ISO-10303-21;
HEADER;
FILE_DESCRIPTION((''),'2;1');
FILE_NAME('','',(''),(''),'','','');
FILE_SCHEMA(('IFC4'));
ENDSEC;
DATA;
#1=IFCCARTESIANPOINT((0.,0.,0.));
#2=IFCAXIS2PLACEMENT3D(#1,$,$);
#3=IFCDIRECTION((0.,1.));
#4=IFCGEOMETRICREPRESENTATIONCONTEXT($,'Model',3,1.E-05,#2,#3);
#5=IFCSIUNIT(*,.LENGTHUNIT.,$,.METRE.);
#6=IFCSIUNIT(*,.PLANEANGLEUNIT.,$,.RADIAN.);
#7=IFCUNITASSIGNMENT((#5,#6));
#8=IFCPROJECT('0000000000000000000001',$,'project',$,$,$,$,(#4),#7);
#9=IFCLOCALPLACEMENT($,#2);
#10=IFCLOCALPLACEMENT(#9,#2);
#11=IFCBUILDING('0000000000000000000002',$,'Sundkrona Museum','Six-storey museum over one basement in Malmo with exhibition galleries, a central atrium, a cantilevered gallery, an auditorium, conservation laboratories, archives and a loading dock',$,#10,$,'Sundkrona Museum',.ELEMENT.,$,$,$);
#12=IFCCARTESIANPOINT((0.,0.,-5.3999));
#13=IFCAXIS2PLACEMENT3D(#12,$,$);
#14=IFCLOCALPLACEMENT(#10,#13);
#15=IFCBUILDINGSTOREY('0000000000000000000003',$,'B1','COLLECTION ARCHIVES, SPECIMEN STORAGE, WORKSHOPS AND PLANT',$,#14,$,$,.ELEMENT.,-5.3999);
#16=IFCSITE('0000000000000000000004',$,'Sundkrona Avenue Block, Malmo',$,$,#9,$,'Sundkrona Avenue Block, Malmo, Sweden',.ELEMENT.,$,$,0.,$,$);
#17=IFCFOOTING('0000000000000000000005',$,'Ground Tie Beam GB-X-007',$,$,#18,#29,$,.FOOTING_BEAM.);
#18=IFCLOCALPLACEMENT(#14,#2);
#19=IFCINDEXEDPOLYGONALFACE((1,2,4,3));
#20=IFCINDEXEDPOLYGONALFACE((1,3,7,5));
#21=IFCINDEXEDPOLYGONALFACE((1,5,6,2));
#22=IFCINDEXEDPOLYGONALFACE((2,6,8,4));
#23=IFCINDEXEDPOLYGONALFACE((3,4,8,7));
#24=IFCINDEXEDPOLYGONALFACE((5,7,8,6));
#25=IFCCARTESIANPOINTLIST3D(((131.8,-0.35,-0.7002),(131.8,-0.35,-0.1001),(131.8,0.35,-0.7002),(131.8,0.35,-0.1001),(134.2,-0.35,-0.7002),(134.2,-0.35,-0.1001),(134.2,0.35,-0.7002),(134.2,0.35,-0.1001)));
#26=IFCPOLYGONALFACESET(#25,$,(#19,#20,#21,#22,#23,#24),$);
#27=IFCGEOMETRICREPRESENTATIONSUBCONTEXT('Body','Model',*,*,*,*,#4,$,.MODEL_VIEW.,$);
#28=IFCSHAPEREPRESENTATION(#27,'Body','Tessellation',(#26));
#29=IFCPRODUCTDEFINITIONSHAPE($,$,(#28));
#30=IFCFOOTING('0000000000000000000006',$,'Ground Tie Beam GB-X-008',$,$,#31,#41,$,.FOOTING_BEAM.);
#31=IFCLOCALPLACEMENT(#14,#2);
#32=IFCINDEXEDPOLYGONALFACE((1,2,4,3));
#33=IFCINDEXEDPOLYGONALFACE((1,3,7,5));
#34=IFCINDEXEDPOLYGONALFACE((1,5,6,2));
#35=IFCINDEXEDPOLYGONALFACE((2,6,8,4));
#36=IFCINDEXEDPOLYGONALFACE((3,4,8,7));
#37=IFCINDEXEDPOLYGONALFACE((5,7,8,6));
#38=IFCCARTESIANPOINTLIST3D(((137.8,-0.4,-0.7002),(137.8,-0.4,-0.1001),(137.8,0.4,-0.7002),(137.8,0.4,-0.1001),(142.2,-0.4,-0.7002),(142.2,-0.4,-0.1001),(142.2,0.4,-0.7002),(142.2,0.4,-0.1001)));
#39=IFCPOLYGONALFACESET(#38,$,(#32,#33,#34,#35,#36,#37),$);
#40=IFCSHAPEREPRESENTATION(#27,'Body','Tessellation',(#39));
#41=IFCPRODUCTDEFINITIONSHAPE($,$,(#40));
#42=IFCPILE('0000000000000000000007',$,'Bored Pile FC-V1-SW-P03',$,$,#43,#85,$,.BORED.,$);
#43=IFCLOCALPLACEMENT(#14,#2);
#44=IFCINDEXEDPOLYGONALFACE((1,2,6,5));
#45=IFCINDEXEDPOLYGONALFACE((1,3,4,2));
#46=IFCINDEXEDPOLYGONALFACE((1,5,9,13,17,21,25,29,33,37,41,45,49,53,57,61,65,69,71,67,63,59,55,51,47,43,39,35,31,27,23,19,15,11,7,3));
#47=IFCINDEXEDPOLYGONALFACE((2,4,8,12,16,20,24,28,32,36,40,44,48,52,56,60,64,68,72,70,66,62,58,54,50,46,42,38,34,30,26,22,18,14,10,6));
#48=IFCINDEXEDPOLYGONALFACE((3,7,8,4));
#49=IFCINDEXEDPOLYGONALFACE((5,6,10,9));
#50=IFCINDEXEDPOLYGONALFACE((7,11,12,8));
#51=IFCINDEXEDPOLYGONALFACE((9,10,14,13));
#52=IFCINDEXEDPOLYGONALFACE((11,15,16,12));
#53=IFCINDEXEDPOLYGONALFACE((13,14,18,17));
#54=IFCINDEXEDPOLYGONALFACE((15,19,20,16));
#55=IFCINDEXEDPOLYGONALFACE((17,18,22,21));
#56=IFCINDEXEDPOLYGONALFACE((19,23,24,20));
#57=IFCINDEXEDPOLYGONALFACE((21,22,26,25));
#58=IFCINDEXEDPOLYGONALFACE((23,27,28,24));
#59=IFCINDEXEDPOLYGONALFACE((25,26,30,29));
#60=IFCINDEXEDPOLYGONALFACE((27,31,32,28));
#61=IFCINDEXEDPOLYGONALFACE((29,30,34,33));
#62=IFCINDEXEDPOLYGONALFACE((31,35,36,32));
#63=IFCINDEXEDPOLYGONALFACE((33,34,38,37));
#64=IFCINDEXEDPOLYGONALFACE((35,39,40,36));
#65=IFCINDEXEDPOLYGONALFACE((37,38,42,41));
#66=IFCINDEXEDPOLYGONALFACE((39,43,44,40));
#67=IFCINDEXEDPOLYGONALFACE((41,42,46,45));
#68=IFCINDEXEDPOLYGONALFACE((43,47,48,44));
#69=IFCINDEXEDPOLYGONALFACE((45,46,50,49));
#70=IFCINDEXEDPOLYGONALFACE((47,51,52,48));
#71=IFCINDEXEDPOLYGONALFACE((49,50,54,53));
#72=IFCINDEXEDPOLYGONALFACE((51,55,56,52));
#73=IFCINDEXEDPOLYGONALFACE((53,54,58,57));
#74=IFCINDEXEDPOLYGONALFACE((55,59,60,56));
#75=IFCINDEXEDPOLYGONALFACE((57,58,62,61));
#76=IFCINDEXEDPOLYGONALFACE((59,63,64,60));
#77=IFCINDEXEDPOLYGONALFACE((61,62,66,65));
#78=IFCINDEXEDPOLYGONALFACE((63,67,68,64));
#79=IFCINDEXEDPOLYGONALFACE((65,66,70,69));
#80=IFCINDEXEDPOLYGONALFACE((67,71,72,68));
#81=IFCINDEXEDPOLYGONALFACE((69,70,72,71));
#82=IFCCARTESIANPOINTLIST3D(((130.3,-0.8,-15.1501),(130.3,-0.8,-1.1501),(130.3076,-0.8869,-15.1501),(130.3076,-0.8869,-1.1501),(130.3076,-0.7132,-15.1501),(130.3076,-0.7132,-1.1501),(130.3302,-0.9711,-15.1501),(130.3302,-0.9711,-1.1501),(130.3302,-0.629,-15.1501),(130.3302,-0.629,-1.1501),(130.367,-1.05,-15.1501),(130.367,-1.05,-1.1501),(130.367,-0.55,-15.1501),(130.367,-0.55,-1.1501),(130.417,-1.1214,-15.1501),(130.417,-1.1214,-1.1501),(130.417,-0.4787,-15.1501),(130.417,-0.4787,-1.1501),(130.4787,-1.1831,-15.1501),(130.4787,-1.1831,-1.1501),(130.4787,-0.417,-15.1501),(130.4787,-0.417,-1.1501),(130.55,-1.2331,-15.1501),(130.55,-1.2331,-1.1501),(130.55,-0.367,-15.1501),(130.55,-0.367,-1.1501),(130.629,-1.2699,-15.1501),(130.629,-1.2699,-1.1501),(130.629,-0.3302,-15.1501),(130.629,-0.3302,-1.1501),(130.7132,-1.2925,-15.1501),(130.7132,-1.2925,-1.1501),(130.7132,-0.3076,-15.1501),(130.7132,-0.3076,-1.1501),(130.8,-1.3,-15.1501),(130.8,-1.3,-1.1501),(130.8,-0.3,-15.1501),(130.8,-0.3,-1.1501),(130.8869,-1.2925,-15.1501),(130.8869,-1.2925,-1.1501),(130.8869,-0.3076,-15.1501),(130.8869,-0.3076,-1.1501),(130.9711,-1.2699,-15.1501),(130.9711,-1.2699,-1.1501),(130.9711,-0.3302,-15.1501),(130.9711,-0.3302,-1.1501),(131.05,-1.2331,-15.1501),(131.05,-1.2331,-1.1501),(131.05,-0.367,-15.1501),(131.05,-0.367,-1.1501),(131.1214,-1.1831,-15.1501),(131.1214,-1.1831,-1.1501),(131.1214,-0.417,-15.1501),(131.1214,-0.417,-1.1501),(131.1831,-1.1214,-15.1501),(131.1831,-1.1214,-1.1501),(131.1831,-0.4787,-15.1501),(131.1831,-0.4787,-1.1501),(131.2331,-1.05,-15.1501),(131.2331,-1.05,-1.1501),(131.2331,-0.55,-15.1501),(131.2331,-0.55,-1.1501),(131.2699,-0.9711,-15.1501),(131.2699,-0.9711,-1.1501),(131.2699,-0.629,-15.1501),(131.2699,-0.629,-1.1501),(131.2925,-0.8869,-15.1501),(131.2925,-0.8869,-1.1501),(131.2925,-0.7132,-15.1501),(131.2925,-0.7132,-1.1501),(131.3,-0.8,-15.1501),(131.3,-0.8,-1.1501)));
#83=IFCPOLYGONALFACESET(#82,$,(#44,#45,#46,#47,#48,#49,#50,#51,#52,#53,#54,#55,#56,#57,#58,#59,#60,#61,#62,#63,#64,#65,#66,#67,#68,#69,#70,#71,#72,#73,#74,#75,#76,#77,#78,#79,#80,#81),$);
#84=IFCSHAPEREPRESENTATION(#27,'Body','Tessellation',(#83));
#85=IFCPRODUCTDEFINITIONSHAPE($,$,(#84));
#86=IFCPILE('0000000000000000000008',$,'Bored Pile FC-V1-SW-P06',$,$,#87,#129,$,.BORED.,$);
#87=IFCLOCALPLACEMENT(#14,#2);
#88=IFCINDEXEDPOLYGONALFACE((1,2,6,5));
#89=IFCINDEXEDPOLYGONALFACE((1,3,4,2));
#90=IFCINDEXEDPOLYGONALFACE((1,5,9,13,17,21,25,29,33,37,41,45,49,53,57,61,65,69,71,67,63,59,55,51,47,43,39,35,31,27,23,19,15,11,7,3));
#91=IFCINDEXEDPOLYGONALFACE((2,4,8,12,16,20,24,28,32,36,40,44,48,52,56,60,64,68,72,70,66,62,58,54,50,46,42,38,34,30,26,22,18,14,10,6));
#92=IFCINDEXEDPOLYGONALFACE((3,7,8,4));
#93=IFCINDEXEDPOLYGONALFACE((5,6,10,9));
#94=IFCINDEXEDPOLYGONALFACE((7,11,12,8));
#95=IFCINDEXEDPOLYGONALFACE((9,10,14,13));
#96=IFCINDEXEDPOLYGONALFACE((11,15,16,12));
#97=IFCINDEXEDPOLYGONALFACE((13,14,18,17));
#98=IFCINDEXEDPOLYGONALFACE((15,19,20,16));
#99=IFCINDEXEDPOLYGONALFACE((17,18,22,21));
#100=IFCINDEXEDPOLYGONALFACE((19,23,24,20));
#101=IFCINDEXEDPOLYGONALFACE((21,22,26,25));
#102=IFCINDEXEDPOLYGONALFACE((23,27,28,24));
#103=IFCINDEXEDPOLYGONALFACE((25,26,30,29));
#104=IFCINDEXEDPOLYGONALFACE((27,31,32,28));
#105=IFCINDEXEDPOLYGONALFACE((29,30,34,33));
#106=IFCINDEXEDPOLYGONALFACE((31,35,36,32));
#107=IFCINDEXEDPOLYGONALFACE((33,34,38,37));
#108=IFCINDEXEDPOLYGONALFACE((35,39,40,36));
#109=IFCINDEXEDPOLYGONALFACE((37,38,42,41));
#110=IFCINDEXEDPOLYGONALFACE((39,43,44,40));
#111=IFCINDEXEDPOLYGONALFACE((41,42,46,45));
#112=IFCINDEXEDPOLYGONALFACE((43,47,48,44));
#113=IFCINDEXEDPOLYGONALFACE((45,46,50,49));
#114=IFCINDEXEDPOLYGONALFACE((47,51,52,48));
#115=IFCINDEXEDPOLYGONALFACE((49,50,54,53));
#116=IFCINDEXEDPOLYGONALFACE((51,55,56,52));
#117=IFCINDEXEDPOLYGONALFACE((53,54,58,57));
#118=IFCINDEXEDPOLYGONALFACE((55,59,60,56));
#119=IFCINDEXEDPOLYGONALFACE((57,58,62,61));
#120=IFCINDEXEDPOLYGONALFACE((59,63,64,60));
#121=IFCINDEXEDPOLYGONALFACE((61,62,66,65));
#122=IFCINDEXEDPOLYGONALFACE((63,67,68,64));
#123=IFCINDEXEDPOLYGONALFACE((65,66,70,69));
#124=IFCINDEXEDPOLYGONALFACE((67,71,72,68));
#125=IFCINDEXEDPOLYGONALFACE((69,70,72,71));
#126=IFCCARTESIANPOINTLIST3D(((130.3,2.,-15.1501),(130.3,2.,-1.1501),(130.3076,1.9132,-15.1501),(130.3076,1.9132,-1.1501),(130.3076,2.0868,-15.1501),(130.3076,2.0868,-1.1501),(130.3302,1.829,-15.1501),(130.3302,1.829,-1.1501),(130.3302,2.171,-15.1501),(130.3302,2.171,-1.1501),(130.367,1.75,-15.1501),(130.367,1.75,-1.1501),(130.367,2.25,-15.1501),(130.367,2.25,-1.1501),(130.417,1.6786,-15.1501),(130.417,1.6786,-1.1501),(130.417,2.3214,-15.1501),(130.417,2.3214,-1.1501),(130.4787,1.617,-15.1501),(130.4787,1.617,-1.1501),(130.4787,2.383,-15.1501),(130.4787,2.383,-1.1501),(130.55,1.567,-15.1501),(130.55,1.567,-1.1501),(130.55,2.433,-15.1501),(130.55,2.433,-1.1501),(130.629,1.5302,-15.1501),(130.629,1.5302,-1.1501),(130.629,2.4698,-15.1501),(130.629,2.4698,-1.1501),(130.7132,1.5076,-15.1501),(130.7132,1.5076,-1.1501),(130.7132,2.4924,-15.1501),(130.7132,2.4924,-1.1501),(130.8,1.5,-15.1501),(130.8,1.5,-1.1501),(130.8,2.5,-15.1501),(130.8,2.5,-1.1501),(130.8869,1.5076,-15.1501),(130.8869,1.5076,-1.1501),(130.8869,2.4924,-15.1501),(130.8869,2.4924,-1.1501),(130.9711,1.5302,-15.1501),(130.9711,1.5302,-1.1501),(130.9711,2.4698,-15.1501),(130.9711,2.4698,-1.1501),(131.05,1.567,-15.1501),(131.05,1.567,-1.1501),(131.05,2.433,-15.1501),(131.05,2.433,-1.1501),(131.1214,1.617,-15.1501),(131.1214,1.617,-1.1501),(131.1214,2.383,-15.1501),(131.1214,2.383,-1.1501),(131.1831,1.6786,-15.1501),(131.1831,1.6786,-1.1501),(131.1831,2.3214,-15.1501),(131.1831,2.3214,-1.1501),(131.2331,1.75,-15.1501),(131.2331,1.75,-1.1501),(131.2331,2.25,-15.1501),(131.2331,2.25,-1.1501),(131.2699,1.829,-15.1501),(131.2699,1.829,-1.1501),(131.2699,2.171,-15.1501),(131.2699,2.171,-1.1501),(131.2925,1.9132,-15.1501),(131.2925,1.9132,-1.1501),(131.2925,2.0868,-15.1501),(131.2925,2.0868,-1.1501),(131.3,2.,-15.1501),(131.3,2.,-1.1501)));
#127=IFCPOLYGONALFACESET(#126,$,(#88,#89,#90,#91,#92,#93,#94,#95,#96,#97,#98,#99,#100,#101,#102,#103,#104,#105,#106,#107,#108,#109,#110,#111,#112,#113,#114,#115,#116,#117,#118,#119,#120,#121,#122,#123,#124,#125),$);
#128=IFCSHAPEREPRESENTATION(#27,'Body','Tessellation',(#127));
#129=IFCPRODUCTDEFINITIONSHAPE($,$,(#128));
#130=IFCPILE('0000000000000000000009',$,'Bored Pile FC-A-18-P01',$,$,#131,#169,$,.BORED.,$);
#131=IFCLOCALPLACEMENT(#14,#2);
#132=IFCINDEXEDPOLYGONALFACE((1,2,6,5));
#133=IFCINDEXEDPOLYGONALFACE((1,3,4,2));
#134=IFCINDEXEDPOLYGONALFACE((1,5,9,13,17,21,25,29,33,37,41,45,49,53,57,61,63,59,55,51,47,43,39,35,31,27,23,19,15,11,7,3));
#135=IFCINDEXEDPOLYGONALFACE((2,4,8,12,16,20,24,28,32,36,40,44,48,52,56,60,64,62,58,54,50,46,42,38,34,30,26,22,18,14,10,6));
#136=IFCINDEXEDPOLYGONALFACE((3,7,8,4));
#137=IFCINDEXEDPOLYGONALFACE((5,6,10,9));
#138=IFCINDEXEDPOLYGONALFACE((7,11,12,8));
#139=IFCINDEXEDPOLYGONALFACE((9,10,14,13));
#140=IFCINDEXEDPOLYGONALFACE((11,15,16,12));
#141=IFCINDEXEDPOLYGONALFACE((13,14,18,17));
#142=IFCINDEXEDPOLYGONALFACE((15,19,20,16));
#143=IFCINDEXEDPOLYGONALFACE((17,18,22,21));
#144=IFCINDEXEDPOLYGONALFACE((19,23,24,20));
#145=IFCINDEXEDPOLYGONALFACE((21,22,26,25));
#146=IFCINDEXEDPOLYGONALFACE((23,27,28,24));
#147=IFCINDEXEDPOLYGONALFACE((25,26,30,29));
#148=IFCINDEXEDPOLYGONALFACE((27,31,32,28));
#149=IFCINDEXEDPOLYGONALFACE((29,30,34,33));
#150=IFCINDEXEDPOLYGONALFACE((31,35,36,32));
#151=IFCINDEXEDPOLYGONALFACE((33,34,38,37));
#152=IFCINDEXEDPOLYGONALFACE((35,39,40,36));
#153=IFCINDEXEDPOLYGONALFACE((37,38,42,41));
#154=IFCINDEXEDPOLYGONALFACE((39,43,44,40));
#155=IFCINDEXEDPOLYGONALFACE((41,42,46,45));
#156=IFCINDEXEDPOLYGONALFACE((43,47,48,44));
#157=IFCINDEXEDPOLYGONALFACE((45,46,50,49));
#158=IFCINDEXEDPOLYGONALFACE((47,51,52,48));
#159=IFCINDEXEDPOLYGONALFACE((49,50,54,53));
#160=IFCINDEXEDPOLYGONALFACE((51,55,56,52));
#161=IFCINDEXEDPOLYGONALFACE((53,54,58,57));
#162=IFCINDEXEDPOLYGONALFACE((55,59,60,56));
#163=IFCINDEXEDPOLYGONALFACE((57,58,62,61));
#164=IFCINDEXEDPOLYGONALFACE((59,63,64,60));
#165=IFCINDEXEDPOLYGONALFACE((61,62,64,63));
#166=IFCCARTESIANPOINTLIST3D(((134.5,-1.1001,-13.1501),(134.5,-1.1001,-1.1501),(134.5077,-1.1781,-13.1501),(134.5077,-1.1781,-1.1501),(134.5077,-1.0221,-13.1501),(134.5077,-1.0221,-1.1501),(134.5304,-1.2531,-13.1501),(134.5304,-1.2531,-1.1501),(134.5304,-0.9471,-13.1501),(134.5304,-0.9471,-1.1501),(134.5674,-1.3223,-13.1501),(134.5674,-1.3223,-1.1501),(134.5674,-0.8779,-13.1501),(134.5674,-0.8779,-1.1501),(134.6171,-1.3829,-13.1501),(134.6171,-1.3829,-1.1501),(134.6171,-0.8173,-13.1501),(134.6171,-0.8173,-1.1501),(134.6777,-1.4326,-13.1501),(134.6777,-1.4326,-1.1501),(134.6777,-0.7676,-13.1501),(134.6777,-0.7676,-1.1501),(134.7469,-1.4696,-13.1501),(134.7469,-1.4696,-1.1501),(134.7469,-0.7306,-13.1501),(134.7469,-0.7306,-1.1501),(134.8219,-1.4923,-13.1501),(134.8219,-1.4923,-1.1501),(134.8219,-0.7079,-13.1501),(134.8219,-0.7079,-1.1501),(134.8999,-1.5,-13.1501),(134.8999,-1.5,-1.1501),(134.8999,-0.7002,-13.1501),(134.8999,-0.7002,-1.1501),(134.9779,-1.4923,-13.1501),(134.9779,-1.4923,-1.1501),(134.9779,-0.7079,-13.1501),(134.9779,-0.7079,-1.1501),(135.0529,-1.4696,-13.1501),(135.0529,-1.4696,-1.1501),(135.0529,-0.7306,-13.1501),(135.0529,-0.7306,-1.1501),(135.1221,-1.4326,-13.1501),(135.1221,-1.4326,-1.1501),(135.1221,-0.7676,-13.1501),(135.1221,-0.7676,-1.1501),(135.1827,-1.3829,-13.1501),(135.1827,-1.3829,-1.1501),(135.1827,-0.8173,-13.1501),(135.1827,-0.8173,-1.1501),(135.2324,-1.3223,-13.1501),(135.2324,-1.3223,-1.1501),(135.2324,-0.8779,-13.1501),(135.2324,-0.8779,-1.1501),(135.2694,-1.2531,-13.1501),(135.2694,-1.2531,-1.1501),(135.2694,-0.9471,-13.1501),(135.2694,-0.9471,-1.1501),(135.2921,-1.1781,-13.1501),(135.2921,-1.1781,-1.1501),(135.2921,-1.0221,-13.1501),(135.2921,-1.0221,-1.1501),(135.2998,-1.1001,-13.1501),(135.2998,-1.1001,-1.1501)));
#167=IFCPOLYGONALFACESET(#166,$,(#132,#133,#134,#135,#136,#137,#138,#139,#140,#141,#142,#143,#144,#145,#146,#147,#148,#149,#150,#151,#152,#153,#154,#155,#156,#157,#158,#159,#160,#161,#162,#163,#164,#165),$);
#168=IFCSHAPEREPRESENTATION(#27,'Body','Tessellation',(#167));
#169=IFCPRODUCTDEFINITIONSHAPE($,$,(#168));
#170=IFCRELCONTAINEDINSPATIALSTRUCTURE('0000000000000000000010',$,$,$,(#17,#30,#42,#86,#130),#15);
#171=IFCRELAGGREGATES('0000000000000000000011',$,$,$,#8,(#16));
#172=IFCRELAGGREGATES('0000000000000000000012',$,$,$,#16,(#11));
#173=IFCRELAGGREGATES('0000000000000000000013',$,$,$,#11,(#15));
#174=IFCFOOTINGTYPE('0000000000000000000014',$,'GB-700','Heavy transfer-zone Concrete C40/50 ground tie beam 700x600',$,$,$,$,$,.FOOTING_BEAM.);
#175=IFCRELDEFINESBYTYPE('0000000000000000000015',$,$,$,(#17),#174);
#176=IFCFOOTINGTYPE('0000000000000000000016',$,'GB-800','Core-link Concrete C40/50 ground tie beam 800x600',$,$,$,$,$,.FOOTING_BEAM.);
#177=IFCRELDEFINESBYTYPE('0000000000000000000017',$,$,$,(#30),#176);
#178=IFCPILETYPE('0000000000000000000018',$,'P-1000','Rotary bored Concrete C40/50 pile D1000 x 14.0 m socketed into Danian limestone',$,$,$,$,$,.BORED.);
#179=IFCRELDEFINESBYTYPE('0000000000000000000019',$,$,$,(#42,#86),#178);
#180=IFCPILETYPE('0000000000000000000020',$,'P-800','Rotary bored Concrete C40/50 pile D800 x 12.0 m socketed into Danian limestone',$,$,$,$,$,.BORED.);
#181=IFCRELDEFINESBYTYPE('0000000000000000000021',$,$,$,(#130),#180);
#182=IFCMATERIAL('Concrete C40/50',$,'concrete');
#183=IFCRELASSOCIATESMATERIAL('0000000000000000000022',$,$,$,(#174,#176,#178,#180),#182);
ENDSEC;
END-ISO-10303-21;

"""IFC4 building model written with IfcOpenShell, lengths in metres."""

from ifc_helpers import new_model, si_unit, direction, frame, origin, origin_2d, place, context, subcontext, project, spatial, rectangle, circle, extrude, material, material_profile, profile_set, type_object, element, save


model = new_model("IFC4")

# Units and contexts
model_context = context("Model", 3, precision=1e-05, world=origin(), true_north=direction((0.0, 1.0)))
body_context = subcontext(model_context, "Body", "Model", "MODEL_VIEW")
ifc_project = project(units=[si_unit("LENGTHUNIT", "METRE"), si_unit("PLANEANGLEUNIT", "RADIAN")], contexts=[model_context])

# Site, building, storey
site_placement = place(None, origin())
site = spatial("IfcSite", under=ifc_project, at=site_placement, Name="Sundkrona Avenue Block, Malmo", LongName="Sundkrona Avenue Block, Malmo, Sweden", CompositionType="ELEMENT", RefElevation=0.0)
building_placement = place(site_placement, origin())
building = spatial("IfcBuilding", under=site, at=building_placement, Name="Sundkrona Museum", Description="Six-storey museum over one basement in Malmo with exhibition galleries, a central atrium, a cantilevered gallery, an auditorium, conservation laboratories, archives and a loading dock", LongName="Sundkrona Museum", CompositionType="ELEMENT")
storey_placement = place(building_placement, frame((0.0, 0.0, -5.3999)))
storey = spatial("IfcBuildingStorey", under=building, at=storey_placement, Name="B1", Description="COLLECTION ARCHIVES, SPECIMEN STORAGE, WORKSHOPS AND PLANT", CompositionType="ELEMENT", Elevation=-5.3999)

# Footings
ifc_material_1 = material(Name="Concrete C40/50", Category="concrete")
footing_type_1 = type_object("IfcFootingType", Name="GB-700", Description="Heavy transfer-zone Concrete C40/50 ground tie beam 700x600", PredefinedType="FOOTING_BEAM", material=ifc_material_1)
footing_1_placement = place(storey_placement, frame((133.0, 0.0, -0.7002), z_axis=(0.0, 0.0, 1.0), x_axis=(1.0, 0.0, 0.0)))
element("IfcFooting", 1, at=footing_1_placement, inside=storey, type_object=footing_type_1, Name="Ground Tie Beam GB-X-007", PredefinedType="FOOTING_BEAM", context=body_context, shape_type="SweptSolid", body=[
    extrude(rectangle(XDim=2.3999, YDim=0.7, at=origin_2d()), origin(), (0.0, 0.0, 1.0), 0.6001),
])
footing_type_2 = type_object("IfcFootingType", Name="GB-800", Description="Core-link Concrete C40/50 ground tie beam 800x600", PredefinedType="FOOTING_BEAM", material=ifc_material_1)
footing_2_placement = place(storey_placement, frame((140.0, 0.0, -0.7002), z_axis=(0.0, 0.0, 1.0), x_axis=(1.0, 0.0, 0.0)))
element("IfcFooting", 2, at=footing_2_placement, inside=storey, type_object=footing_type_2, Name="Ground Tie Beam GB-X-008", PredefinedType="FOOTING_BEAM", context=body_context, shape_type="SweptSolid", body=[
    extrude(rectangle(XDim=4.3999, YDim=0.8, at=origin_2d()), origin(), (0.0, 0.0, 1.0), 0.6001),
])

# Piles
ifc_material_profile_1 = material_profile(ifc_material_1, circle(Radius=0.5, at=origin_2d()), Name="PILE D1000")
ifc_profile_set_1 = profile_set([ifc_material_profile_1], Name="Concrete C40/50")
pile_type_1 = type_object("IfcPileType", Name="P-1000", Description="Rotary bored Concrete C40/50 pile D1000 x 14.0 m socketed into Danian limestone", PredefinedType="BORED", material=ifc_profile_set_1)
for number, where, z_axis, x_axis, name in (
    (3, (130.8, -0.8, -1.1501), (0.0, 0.0, -1.0), (1.0, 0.0, 0.0), "Bored Pile FC-V1-SW-P03"),
    (4, (130.8, 2.0, -1.1501), (0.0, 0.0, -1.0), (1.0, 0.0, 0.0), "Bored Pile FC-V1-SW-P06"),
):
    element("IfcPile", number, at=place(storey_placement, frame(where, z_axis=z_axis, x_axis=x_axis)), inside=storey, type_object=pile_type_1, Name=name, PredefinedType="BORED", context=body_context, shape_type="SweptSolid", body=[
        extrude(circle(Radius=0.5, at=origin_2d()), origin(), (0.0, 0.0, 1.0), 14.0),
    ])
ifc_material_profile_2 = material_profile(ifc_material_1, circle(Radius=0.3999, at=origin_2d()), Name="PILE D800")
ifc_profile_set_2 = profile_set([ifc_material_profile_2], Name="Concrete C40/50")
pile_type_2 = type_object("IfcPileType", Name="P-800", Description="Rotary bored Concrete C40/50 pile D800 x 12.0 m socketed into Danian limestone", PredefinedType="BORED", material=ifc_profile_set_2)
for number, where, z_axis, x_axis, name in (
    (5, (134.8999, -1.1001, -1.1501), (0.0, 0.0, -1.0), (1.0, 0.0, 0.0), "Bored Pile FC-A-18-P01"),
):
    element("IfcPile", number, at=place(storey_placement, frame(where, z_axis=z_axis, x_axis=x_axis)), inside=storey, type_object=pile_type_2, Name=name, PredefinedType="BORED", context=body_context, shape_type="SweptSolid", body=[
        extrude(circle(Radius=0.3999, at=origin_2d()), origin(), (0.0, 0.0, 1.0), 12.0),
    ])

save(model, "model.ifc")
